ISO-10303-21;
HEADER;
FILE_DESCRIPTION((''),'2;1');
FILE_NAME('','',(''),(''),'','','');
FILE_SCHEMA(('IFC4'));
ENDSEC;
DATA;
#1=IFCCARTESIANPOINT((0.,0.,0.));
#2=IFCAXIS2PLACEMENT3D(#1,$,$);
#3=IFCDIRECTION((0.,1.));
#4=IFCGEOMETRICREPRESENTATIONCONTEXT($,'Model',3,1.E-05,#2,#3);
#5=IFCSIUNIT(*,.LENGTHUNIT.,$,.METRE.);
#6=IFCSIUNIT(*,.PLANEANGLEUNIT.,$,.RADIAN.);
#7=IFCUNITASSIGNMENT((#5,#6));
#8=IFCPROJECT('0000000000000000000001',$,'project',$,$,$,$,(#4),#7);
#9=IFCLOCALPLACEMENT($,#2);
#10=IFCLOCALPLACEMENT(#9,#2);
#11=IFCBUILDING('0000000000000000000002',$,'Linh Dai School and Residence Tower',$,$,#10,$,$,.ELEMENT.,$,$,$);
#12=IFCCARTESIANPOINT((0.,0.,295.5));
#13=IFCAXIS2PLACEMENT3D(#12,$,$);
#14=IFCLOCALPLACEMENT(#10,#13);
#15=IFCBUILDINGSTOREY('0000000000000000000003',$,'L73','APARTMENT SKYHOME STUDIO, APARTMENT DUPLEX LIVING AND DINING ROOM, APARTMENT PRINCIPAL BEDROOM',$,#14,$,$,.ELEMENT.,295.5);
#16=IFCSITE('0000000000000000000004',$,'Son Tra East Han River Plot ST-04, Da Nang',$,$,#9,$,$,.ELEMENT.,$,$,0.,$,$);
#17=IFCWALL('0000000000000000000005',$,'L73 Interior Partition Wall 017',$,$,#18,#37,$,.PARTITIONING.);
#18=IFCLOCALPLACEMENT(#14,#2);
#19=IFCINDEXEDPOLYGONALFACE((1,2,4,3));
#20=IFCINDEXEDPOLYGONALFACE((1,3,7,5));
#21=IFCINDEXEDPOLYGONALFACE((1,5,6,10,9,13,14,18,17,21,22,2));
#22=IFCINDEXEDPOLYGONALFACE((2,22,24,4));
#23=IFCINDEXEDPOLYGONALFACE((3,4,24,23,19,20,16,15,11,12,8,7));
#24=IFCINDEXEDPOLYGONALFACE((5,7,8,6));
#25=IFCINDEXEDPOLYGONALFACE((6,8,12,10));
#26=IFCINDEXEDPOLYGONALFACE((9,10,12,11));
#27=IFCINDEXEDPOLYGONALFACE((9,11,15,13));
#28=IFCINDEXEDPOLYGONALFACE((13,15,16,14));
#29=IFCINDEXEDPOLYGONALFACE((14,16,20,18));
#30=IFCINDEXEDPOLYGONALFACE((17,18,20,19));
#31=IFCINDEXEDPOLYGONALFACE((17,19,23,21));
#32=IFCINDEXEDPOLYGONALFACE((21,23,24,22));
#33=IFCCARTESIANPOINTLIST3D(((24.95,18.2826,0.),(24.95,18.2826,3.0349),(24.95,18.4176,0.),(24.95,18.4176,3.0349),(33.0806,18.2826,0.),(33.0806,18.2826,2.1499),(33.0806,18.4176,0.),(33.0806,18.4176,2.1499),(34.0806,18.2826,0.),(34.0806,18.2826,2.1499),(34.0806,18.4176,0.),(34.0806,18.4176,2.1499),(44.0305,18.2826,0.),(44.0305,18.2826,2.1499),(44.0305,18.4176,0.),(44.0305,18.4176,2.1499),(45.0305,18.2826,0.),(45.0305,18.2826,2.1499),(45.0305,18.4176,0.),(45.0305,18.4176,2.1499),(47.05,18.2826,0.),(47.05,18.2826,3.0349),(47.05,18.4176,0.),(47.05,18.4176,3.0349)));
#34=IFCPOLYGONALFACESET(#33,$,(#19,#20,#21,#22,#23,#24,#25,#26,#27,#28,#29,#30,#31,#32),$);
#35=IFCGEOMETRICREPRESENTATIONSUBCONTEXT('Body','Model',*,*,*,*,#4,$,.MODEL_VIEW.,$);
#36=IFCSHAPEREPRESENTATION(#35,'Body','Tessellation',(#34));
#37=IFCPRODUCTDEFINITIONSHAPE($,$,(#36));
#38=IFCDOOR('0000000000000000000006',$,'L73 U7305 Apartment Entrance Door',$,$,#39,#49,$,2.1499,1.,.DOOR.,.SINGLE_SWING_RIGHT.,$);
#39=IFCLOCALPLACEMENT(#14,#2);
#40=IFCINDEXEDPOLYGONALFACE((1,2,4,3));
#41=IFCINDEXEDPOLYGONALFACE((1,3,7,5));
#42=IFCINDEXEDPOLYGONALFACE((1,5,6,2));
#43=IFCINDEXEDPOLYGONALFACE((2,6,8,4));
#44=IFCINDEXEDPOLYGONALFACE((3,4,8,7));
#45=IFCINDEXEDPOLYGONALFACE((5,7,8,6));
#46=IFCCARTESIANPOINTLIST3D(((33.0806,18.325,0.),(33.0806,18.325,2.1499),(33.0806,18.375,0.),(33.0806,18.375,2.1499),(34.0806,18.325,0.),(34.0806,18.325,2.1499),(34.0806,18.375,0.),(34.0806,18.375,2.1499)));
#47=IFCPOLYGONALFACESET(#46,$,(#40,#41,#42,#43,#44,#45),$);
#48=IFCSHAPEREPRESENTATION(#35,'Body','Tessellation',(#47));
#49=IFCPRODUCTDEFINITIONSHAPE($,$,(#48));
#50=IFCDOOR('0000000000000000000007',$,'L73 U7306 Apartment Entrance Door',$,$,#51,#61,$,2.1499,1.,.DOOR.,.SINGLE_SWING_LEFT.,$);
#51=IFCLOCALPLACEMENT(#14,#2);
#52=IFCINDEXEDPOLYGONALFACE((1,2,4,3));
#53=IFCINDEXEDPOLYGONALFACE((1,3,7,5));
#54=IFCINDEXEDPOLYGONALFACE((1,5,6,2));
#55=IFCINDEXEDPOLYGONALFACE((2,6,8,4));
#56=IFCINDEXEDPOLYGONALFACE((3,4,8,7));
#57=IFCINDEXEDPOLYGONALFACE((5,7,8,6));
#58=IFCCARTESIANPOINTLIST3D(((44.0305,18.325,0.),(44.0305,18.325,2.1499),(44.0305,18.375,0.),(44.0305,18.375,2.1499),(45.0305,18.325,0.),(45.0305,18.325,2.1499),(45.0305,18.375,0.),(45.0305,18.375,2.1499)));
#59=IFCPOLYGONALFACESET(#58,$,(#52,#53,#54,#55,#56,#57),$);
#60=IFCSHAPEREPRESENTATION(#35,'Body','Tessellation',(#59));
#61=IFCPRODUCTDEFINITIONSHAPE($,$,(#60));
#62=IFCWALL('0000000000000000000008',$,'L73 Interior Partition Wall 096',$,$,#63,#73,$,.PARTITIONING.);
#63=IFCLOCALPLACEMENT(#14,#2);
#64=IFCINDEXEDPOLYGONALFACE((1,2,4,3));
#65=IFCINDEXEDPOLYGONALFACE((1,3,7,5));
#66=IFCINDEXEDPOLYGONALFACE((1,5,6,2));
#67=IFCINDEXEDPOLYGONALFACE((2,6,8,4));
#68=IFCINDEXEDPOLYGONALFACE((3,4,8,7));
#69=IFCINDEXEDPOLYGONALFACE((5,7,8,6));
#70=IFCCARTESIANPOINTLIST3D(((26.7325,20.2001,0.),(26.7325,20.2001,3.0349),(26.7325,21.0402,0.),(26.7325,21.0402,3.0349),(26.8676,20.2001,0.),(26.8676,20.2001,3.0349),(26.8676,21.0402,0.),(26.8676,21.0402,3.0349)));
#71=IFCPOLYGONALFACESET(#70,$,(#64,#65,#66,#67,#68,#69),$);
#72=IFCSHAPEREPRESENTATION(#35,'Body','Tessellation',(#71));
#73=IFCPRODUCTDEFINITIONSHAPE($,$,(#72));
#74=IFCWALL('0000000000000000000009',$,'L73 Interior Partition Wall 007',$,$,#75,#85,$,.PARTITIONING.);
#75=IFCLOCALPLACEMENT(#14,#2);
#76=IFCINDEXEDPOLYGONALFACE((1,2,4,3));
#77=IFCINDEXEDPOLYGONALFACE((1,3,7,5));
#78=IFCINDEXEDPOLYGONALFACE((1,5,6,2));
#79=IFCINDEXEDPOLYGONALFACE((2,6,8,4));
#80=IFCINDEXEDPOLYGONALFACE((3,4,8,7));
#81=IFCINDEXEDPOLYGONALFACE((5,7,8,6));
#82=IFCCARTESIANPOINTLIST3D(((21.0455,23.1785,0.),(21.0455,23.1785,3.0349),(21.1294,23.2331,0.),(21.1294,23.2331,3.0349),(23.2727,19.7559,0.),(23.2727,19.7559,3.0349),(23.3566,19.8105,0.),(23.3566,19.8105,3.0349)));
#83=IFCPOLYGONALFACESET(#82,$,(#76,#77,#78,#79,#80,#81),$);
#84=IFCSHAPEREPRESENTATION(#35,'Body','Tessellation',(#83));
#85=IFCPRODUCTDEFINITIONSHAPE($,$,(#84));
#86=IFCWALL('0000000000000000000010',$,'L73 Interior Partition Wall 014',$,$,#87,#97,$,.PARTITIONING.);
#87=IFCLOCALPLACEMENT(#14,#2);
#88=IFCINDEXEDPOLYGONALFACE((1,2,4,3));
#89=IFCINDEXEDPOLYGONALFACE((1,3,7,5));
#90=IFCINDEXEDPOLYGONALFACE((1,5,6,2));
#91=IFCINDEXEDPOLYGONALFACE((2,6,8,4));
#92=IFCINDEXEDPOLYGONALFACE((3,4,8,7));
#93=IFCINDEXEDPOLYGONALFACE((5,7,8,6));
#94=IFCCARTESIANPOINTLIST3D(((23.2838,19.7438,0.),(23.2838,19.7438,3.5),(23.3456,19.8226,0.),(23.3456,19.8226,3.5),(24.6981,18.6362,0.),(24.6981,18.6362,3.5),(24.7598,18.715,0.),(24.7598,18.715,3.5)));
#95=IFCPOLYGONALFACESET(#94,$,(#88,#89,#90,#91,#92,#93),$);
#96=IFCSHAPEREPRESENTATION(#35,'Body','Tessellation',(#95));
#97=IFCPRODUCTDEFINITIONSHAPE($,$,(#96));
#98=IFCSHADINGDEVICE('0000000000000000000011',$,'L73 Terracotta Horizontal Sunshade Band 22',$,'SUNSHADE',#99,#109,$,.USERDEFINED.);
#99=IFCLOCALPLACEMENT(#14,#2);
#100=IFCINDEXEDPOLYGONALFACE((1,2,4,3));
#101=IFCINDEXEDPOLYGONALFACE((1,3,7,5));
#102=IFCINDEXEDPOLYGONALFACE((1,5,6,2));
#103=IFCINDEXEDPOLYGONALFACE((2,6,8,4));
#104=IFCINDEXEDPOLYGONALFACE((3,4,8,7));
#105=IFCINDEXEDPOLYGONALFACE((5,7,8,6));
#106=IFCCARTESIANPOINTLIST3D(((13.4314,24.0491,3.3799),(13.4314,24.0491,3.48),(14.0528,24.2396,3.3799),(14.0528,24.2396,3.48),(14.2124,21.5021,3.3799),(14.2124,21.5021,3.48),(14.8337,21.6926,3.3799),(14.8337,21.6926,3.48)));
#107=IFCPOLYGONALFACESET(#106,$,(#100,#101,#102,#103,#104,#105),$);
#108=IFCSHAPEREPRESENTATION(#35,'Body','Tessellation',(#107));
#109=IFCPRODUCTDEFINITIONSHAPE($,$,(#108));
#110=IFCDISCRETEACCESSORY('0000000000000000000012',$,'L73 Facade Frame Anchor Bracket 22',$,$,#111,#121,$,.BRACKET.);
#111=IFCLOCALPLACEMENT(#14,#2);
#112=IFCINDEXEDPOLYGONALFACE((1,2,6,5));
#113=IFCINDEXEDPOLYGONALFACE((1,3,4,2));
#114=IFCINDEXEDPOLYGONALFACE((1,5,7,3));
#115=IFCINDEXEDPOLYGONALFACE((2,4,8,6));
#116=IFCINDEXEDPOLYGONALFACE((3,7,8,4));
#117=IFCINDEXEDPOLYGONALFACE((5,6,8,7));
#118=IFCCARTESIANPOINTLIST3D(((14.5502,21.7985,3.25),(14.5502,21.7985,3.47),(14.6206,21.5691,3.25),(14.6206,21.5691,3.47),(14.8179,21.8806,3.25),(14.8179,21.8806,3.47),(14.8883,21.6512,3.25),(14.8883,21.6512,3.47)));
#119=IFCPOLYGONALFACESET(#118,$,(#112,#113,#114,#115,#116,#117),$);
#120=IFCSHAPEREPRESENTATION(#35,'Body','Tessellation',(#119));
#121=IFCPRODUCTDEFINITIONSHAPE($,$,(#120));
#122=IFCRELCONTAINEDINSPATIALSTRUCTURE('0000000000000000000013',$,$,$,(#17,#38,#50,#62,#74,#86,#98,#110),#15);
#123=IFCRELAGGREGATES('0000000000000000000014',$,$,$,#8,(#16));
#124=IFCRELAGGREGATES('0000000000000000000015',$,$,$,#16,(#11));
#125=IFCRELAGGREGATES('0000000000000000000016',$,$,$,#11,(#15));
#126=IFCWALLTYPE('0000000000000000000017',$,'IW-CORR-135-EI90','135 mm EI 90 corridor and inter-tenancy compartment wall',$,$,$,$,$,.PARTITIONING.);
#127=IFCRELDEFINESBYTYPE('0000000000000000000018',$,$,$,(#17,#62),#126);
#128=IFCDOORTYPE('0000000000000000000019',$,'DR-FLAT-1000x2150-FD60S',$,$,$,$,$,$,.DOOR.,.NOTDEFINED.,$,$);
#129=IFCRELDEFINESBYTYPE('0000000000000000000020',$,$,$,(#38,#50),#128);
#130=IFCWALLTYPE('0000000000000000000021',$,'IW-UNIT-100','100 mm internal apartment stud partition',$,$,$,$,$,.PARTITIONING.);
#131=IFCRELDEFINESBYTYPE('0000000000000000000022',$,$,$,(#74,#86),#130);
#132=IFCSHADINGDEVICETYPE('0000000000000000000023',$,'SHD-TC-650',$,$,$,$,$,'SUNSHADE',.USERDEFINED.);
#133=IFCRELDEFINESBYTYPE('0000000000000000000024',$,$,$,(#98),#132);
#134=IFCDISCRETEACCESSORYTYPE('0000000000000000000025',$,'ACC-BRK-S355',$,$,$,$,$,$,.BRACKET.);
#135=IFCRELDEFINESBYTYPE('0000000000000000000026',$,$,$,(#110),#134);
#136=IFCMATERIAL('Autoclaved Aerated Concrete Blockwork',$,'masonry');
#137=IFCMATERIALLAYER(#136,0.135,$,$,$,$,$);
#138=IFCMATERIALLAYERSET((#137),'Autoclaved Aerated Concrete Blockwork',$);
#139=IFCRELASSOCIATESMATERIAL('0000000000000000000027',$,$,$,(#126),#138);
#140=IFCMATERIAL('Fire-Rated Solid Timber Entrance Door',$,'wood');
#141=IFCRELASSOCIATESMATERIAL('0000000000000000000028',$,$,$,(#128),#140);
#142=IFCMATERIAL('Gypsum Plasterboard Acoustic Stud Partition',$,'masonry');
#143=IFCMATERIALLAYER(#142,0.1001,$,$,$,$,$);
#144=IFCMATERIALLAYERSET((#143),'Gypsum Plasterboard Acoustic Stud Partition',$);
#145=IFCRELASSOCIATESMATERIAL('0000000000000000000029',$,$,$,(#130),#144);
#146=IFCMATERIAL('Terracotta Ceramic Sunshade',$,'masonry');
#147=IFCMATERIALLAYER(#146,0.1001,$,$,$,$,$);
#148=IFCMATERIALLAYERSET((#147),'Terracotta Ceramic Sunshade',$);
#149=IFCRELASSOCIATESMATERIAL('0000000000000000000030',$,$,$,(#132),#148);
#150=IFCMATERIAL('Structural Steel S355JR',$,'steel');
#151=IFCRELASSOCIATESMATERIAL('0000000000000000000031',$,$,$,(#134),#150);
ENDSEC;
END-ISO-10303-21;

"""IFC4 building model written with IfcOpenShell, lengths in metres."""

from ifc_helpers import new_model, si_unit, direction, frame, frame_2d, origin, origin_2d, place, context, subcontext, project, spatial, rectangle, extrude, source, transform, mapped, material, layer, layer_set, type_object, element, fill, save


model = new_model("IFC4")

# Units and contexts
model_context = context("Model", 3, precision=1e-05, world=origin(), true_north=direction((0.0, 1.0)))
body_context = subcontext(model_context, "Body", "Model", "MODEL_VIEW")
ifc_project = project(units=[si_unit("LENGTHUNIT", "METRE"), si_unit("PLANEANGLEUNIT", "RADIAN")], contexts=[model_context])

# Site, building, storey
site_placement = place(None, origin())
site = spatial("IfcSite", under=ifc_project, at=site_placement, Name="Son Tra East Han River Plot ST-04, Da Nang", CompositionType="ELEMENT", RefElevation=0.0)
building_placement = place(site_placement, origin())
building = spatial("IfcBuilding", under=site, at=building_placement, Name="Linh Dai School and Residence Tower", CompositionType="ELEMENT")
storey_placement = place(building_placement, frame((0.0, 0.0, 295.5)))
storey = spatial("IfcBuildingStorey", under=building, at=storey_placement, Name="L73", Description="APARTMENT SKYHOME STUDIO, APARTMENT DUPLEX LIVING AND DINING ROOM, APARTMENT PRINCIPAL BEDROOM", CompositionType="ELEMENT", Elevation=295.5)

# Shared definitions
ifc_material_1 = material(Name="Structural Steel S355JR", Category="steel")

# Shared definitions
ifc_material_2 = material(Name="Autoclaved Aerated Concrete Blockwork", Category="masonry")
ifc_layer_1 = layer(ifc_material_2, 0.135)
ifc_layer_set_1 = layer_set([ifc_layer_1], Name="Autoclaved Aerated Concrete Blockwork")
wall_type_1 = type_object("IfcWallType", Name="IW-CORR-135-EI90", Description="135 mm EI 90 corridor and inter-tenancy compartment wall", PredefinedType="PARTITIONING", material=ifc_layer_set_1)

# Shared definitions
ifc_material_3 = material(Name="Fire-Rated Solid Timber Entrance Door", Category="wood")
door_type = type_object("IfcDoorType", Name="DR-FLAT-1000x2150-FD60S", OperationType="NOTDEFINED", PredefinedType="DOOR", material=ifc_material_3)
shared_shape_1 = source(origin(), body_context, "Body", "SweptSolid", [
    extrude(rectangle(XDim=1.0, YDim=2.1499, at=origin_2d()), frame((0.5, 0.0249, 1.075), z_axis=(0.0, -1.0, 0.0), x_axis=(1.0, 0.0, 0.0)), (0.0, 0.0, 1.0), 0.05),
])

# Wall, openings, doors
wall_1_placement = place(storey_placement, frame((24.95, 18.3501, 0.0), z_axis=(0.0, 0.0, 1.0), x_axis=(1.0, 0.0, 0.0)))
wall_1 = element("IfcWall", 1, at=wall_1_placement, inside=storey, type_object=wall_type_1, Name="L73 Interior Partition Wall 017", PredefinedType="PARTITIONING", context=body_context, shape_type="SweptSolid", body=[
    extrude(rectangle(XDim=22.1001, YDim=0.135, at=frame_2d((11.05, 0.0))), origin(), (0.0, 0.0, 1.0), 3.0349),
])
opening_1_placement = place(wall_1_placement, frame((8.1306, 0.0, 0.0)))
opening_1 = element("IfcOpeningElement", 2, at=opening_1_placement, cuts=wall_1, PredefinedType="OPENING", context=body_context, shape_type="SweptSolid", body=[
    extrude(rectangle(XDim=1.0, YDim=2.1499, at=origin_2d()), frame((0.5, 0.0776, 1.075), z_axis=(0.0, -1.0, 0.0), x_axis=(1.0, 0.0, 0.0)), (0.0, 0.0, 1.0), 0.155),
])
opening_2_placement = place(wall_1_placement, frame((19.0806, 0.0, 0.0)))
opening_2 = element("IfcOpeningElement", 3, at=opening_2_placement, cuts=wall_1, PredefinedType="OPENING", context=body_context, shape_type="SweptSolid", body=[
    extrude(rectangle(XDim=1.0, YDim=2.1499, at=origin_2d()), frame((0.5, 0.0776, 1.075), z_axis=(0.0, -1.0, 0.0), x_axis=(1.0, 0.0, 0.0)), (0.0, 0.0, 1.0), 0.155),
])
door_1_placement = place(opening_1_placement, origin())
door_1 = element("IfcDoor", 4, at=door_1_placement, inside=storey, type_object=door_type, Name="L73 U7305 Apartment Entrance Door", OperationType="SINGLE_SWING_RIGHT", OverallHeight=2.1499, OverallWidth=1.0, PredefinedType="DOOR", context=body_context, shape_type="MappedRepresentation", body=[
    mapped(shared_shape_1, transform((0.0, 0.0, 0.0), x_axis=(1.0, 0.0, 0.0), y_axis=(0.0, 1.0, 0.0), z_axis=(0.0, 0.0, 1.0), scale=1.0)),
])
fill(opening_1, door_1)
door_2_placement = place(opening_2_placement, origin())
door_2 = element("IfcDoor", 5, at=door_2_placement, inside=storey, type_object=door_type, Name="L73 U7306 Apartment Entrance Door", OperationType="SINGLE_SWING_LEFT", OverallHeight=2.1499, OverallWidth=1.0, PredefinedType="DOOR", context=body_context, shape_type="MappedRepresentation", body=[
    mapped(shared_shape_1, transform((0.0, 0.0, 0.0), x_axis=(1.0, 0.0, 0.0), y_axis=(0.0, 1.0, 0.0), z_axis=(0.0, 0.0, 1.0), scale=1.0)),
])
fill(opening_2, door_2)

# Walls
wall_2_placement = place(storey_placement, frame((26.8, 21.04, 0.0), z_axis=(0.0, 0.0, 1.0), x_axis=(0.0, -1.0, 0.0)))
element("IfcWall", 6, at=wall_2_placement, inside=storey, type_object=wall_type_1, Name="L73 Interior Partition Wall 096", PredefinedType="PARTITIONING", context=body_context, shape_type="SweptSolid", body=[
    extrude(rectangle(XDim=0.8401, YDim=0.135, at=frame_2d((0.4199, 0.0))), origin(), (0.0, 0.0, 1.0), 3.0349),
])
ifc_material_4 = material(Name="Gypsum Plasterboard Acoustic Stud Partition", Category="masonry")
ifc_layer_2 = layer(ifc_material_4, 0.1001)
ifc_layer_set_2 = layer_set([ifc_layer_2], Name="Gypsum Plasterboard Acoustic Stud Partition")
wall_type_2 = type_object("IfcWallType", Name="IW-UNIT-100", Description="100 mm internal apartment stud partition", PredefinedType="PARTITIONING", material=ifc_layer_set_2)
wall_3_placement = place(storey_placement, frame((21.0874, 23.2058, 0.0), z_axis=(0.0, 0.0, 1.0), x_axis=(0.545436, -0.838153, 0.0)))
element("IfcWall", 7, at=wall_3_placement, inside=storey, type_object=wall_type_2, Name="L73 Interior Partition Wall 007", PredefinedType="PARTITIONING", context=body_context, shape_type="SweptSolid", body=[
    extrude(rectangle(XDim=4.0835, YDim=0.1001, at=frame_2d((2.0417, 0.0))), origin(), (0.0, 0.0, 1.0), 3.0349),
])
wall_4_placement = place(storey_placement, frame((23.3147, 19.7832, 0.0), z_axis=(0.0, 0.0, 1.0), x_axis=(0.787284, -0.61659, 0.0)))
element("IfcWall", 8, at=wall_4_placement, inside=storey, type_object=wall_type_2, Name="L73 Interior Partition Wall 014", PredefinedType="PARTITIONING", context=body_context, shape_type="SweptSolid", body=[
    extrude(rectangle(XDim=1.7964, YDim=0.1001, at=frame_2d((0.8982, 0.0))), origin(), (0.0, 0.0, 1.0), 3.5),
])

# Shading device
ifc_material_5 = material(Name="Terracotta Ceramic Sunshade", Category="masonry")
ifc_layer_3 = layer(ifc_material_5, 0.1001)
ifc_layer_set_3 = layer_set([ifc_layer_3], Name="Terracotta Ceramic Sunshade")
shading_device_type = type_object("IfcShadingDeviceType", Name="SHD-TC-650", ElementType="SUNSHADE", PredefinedType="USERDEFINED", material=ifc_layer_set_3)
shared_shape_2 = source(origin(), body_context, "Body", "SweptSolid", [
    extrude(rectangle(XDim=2.6641, YDim=0.6499, at=origin_2d()), origin(), (0.0, 0.0, 1.0), 0.1001),
])
shading_device_placement = place(storey_placement, frame((14.1326, 22.8708, 3.3799), z_axis=(0.0, 0.0, 1.0), x_axis=(-0.293141, 0.956069, 0.0)))
element("IfcShadingDevice", 9, at=shading_device_placement, inside=storey, type_object=shading_device_type, Name="L73 Terracotta Horizontal Sunshade Band 22", ObjectType="SUNSHADE", PredefinedType="USERDEFINED", context=body_context, shape_type="MappedRepresentation", body=[
    mapped(shared_shape_2, transform((0.0, 0.0, 0.0), x_axis=(1.0, 0.0, 0.0), y_axis=(0.0, 1.0, 0.0), z_axis=(0.0, 0.0, 1.0), scale=1.0)),
])

# Discrete accessory
discrete_accessory_type = type_object("IfcDiscreteAccessoryType", Name="ACC-BRK-S355", PredefinedType="BRACKET", material=ifc_material_1)
shared_shape_3 = source(origin(), body_context, "Body", "SweptSolid", [
    extrude(rectangle(XDim=0.28, YDim=0.24, at=origin_2d()), origin(), (0.0, 0.0, 1.0), 0.22),
])
discrete_accessory_placement = place(storey_placement, frame((14.7192, 21.7249, 3.25), z_axis=(0.0, 0.0, 1.0), x_axis=(-0.956069, -0.293141, 0.0)))
element("IfcDiscreteAccessory", 10, at=discrete_accessory_placement, inside=storey, type_object=discrete_accessory_type, Name="L73 Facade Frame Anchor Bracket 22", PredefinedType="BRACKET", context=body_context, shape_type="MappedRepresentation", body=[
    mapped(shared_shape_3, transform((0.0, 0.0, 0.0), x_axis=(1.0, 0.0, 0.0), y_axis=(0.0, 1.0, 0.0), z_axis=(0.0, 0.0, 1.0), scale=1.0)),
])

save(model, "model.ifc")
